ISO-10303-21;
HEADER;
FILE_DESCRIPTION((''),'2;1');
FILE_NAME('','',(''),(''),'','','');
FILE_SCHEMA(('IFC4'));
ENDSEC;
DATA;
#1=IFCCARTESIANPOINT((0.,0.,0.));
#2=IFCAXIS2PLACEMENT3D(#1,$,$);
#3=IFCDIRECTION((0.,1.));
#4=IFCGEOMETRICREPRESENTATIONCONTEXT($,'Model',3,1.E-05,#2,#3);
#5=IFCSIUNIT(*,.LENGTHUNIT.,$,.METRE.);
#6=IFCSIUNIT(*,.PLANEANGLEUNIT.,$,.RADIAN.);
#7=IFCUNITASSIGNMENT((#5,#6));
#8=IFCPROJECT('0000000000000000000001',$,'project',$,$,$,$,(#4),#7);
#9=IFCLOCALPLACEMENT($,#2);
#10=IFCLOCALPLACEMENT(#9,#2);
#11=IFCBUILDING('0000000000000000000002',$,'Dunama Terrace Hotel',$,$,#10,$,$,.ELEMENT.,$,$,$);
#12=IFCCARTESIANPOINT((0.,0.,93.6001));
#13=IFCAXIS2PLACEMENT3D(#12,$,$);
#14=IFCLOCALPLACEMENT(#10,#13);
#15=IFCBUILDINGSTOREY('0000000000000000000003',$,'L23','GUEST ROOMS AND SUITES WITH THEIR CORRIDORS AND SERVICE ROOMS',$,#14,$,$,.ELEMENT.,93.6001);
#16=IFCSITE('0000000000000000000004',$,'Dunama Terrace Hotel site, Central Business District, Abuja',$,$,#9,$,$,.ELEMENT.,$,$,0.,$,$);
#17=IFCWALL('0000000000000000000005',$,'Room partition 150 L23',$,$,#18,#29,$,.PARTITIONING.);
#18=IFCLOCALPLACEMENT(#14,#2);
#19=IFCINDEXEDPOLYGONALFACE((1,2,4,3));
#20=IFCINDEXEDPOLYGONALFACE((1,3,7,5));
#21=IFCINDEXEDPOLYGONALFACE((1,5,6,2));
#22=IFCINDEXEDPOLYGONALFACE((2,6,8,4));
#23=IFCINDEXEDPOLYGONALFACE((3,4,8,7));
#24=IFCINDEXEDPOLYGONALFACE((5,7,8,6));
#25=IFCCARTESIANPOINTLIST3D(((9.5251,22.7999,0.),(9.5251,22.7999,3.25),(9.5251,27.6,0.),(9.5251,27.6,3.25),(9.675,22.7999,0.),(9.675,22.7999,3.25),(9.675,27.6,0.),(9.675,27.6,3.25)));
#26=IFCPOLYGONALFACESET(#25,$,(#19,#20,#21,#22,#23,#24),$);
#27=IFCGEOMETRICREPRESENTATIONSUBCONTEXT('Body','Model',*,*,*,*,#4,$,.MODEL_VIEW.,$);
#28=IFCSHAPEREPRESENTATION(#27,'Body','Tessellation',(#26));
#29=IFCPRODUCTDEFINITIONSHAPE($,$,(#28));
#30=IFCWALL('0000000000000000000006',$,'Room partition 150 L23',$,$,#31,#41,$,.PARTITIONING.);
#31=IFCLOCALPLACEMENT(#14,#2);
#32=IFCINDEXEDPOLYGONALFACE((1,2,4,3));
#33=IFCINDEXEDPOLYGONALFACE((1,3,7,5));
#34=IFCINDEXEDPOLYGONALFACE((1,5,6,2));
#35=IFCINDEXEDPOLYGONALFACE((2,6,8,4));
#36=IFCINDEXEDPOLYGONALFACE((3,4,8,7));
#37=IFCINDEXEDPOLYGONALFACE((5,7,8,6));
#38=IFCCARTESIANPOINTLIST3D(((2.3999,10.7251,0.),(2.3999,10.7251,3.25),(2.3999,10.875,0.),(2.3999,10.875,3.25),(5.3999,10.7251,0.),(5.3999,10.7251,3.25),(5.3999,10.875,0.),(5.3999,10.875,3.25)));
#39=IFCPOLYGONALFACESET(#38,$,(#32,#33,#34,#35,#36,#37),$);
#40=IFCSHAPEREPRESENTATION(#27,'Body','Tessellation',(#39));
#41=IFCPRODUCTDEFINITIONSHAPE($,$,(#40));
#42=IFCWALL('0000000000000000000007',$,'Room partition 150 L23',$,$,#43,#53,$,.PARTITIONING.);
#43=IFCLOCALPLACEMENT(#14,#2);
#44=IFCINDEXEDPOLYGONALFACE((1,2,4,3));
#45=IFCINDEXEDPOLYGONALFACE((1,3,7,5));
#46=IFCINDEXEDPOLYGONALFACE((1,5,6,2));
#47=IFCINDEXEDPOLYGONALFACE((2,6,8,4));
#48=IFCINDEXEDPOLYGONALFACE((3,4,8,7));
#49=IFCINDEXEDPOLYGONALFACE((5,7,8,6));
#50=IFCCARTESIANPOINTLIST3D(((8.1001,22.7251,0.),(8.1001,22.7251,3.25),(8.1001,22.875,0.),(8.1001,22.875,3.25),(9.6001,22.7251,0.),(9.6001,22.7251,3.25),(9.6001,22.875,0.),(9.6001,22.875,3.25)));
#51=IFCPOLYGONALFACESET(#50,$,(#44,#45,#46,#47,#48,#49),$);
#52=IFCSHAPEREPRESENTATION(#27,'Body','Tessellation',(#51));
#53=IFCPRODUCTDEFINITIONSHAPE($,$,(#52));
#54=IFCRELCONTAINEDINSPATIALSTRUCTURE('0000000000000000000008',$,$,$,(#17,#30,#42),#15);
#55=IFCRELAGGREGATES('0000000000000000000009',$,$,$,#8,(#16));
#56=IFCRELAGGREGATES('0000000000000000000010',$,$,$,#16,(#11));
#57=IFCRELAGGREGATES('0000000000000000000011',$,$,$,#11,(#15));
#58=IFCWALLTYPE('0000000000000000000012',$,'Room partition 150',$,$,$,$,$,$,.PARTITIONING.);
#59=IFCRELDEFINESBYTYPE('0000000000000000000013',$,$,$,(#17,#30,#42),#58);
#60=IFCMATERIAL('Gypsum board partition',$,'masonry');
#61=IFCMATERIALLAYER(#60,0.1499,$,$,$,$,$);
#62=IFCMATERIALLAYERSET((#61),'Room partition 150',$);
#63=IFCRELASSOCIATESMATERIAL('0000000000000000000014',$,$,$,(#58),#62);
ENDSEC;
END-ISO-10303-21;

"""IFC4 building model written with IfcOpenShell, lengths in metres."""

from ifc_helpers import new_model, si_unit, direction, frame, frame_2d, origin, place, context, subcontext, project, spatial, rectangle, extrude, material, layer, layer_set, type_object, element, save


model = new_model("IFC4")

# Units and contexts
model_context = context("Model", 3, precision=1e-05, world=origin(), true_north=direction((0.0, 1.0)))
body_context = subcontext(model_context, "Body", "Model", "MODEL_VIEW")
ifc_project = project(units=[si_unit("LENGTHUNIT", "METRE"), si_unit("PLANEANGLEUNIT", "RADIAN")], contexts=[model_context])

# Site, building, storey
site_placement = place(None, origin())
site = spatial("IfcSite", under=ifc_project, at=site_placement, Name="Dunama Terrace Hotel site, Central Business District, Abuja", CompositionType="ELEMENT", RefElevation=0.0)
building_placement = place(site_placement, origin())
building = spatial("IfcBuilding", under=site, at=building_placement, Name="Dunama Terrace Hotel", CompositionType="ELEMENT")
storey_placement = place(building_placement, frame((0.0, 0.0, 93.6001)))
storey = spatial("IfcBuildingStorey", under=building, at=storey_placement, Name="L23", Description="GUEST ROOMS AND SUITES WITH THEIR CORRIDORS AND SERVICE ROOMS", CompositionType="ELEMENT", Elevation=93.6001)

# Shared definitions
ifc_material_1 = material(Name="Gypsum board partition", Category="masonry")
ifc_layer_1 = layer(ifc_material_1, 0.1499)
ifc_layer_set_1 = layer_set([ifc_layer_1], Name="Room partition 150")
wall_type_1 = type_object("IfcWallType", Name="Room partition 150", PredefinedType="PARTITIONING", material=ifc_layer_set_1)

# Walls
wall_1_placement = place(storey_placement, frame((9.6001, 22.8, 0.0), z_axis=(0.0, 0.0, 1.0), x_axis=(0.0, 1.0, 0.0)))
element("IfcWall", 1, at=wall_1_placement, inside=storey, type_object=wall_type_1, Name="Room partition 150 L23", PredefinedType="PARTITIONING", context=body_context, shape_type="SweptSolid", body=[
    extrude(rectangle(XDim=4.8, YDim=0.1499, at=frame_2d((2.3999, 0.0))), origin(), (0.0, 0.0, 1.0), 3.25),
])
wall_2_placement = place(storey_placement, frame((2.3999, 10.8, 0.0), z_axis=(0.0, 0.0, 1.0), x_axis=(1.0, 0.0, 0.0)))
element("IfcWall", 2, at=wall_2_placement, inside=storey, type_object=wall_type_1, Name="Room partition 150 L23", PredefinedType="PARTITIONING", context=body_context, shape_type="SweptSolid", body=[
    extrude(rectangle(XDim=3.0, YDim=0.1499, at=frame_2d((1.5, 0.0))), origin(), (0.0, 0.0, 1.0), 3.25),
])
wall_3_placement = place(storey_placement, frame((8.1001, 22.8, 0.0), z_axis=(0.0, 0.0, 1.0), x_axis=(1.0, 0.0, 0.0)))
element("IfcWall", 3, at=wall_3_placement, inside=storey, type_object=wall_type_1, Name="Room partition 150 L23", PredefinedType="PARTITIONING", context=body_context, shape_type="SweptSolid", body=[
    extrude(rectangle(XDim=1.5, YDim=0.1499, at=frame_2d((0.75, 0.0))), origin(), (0.0, 0.0, 1.0), 3.25),
])

save(model, "model.ifc")
